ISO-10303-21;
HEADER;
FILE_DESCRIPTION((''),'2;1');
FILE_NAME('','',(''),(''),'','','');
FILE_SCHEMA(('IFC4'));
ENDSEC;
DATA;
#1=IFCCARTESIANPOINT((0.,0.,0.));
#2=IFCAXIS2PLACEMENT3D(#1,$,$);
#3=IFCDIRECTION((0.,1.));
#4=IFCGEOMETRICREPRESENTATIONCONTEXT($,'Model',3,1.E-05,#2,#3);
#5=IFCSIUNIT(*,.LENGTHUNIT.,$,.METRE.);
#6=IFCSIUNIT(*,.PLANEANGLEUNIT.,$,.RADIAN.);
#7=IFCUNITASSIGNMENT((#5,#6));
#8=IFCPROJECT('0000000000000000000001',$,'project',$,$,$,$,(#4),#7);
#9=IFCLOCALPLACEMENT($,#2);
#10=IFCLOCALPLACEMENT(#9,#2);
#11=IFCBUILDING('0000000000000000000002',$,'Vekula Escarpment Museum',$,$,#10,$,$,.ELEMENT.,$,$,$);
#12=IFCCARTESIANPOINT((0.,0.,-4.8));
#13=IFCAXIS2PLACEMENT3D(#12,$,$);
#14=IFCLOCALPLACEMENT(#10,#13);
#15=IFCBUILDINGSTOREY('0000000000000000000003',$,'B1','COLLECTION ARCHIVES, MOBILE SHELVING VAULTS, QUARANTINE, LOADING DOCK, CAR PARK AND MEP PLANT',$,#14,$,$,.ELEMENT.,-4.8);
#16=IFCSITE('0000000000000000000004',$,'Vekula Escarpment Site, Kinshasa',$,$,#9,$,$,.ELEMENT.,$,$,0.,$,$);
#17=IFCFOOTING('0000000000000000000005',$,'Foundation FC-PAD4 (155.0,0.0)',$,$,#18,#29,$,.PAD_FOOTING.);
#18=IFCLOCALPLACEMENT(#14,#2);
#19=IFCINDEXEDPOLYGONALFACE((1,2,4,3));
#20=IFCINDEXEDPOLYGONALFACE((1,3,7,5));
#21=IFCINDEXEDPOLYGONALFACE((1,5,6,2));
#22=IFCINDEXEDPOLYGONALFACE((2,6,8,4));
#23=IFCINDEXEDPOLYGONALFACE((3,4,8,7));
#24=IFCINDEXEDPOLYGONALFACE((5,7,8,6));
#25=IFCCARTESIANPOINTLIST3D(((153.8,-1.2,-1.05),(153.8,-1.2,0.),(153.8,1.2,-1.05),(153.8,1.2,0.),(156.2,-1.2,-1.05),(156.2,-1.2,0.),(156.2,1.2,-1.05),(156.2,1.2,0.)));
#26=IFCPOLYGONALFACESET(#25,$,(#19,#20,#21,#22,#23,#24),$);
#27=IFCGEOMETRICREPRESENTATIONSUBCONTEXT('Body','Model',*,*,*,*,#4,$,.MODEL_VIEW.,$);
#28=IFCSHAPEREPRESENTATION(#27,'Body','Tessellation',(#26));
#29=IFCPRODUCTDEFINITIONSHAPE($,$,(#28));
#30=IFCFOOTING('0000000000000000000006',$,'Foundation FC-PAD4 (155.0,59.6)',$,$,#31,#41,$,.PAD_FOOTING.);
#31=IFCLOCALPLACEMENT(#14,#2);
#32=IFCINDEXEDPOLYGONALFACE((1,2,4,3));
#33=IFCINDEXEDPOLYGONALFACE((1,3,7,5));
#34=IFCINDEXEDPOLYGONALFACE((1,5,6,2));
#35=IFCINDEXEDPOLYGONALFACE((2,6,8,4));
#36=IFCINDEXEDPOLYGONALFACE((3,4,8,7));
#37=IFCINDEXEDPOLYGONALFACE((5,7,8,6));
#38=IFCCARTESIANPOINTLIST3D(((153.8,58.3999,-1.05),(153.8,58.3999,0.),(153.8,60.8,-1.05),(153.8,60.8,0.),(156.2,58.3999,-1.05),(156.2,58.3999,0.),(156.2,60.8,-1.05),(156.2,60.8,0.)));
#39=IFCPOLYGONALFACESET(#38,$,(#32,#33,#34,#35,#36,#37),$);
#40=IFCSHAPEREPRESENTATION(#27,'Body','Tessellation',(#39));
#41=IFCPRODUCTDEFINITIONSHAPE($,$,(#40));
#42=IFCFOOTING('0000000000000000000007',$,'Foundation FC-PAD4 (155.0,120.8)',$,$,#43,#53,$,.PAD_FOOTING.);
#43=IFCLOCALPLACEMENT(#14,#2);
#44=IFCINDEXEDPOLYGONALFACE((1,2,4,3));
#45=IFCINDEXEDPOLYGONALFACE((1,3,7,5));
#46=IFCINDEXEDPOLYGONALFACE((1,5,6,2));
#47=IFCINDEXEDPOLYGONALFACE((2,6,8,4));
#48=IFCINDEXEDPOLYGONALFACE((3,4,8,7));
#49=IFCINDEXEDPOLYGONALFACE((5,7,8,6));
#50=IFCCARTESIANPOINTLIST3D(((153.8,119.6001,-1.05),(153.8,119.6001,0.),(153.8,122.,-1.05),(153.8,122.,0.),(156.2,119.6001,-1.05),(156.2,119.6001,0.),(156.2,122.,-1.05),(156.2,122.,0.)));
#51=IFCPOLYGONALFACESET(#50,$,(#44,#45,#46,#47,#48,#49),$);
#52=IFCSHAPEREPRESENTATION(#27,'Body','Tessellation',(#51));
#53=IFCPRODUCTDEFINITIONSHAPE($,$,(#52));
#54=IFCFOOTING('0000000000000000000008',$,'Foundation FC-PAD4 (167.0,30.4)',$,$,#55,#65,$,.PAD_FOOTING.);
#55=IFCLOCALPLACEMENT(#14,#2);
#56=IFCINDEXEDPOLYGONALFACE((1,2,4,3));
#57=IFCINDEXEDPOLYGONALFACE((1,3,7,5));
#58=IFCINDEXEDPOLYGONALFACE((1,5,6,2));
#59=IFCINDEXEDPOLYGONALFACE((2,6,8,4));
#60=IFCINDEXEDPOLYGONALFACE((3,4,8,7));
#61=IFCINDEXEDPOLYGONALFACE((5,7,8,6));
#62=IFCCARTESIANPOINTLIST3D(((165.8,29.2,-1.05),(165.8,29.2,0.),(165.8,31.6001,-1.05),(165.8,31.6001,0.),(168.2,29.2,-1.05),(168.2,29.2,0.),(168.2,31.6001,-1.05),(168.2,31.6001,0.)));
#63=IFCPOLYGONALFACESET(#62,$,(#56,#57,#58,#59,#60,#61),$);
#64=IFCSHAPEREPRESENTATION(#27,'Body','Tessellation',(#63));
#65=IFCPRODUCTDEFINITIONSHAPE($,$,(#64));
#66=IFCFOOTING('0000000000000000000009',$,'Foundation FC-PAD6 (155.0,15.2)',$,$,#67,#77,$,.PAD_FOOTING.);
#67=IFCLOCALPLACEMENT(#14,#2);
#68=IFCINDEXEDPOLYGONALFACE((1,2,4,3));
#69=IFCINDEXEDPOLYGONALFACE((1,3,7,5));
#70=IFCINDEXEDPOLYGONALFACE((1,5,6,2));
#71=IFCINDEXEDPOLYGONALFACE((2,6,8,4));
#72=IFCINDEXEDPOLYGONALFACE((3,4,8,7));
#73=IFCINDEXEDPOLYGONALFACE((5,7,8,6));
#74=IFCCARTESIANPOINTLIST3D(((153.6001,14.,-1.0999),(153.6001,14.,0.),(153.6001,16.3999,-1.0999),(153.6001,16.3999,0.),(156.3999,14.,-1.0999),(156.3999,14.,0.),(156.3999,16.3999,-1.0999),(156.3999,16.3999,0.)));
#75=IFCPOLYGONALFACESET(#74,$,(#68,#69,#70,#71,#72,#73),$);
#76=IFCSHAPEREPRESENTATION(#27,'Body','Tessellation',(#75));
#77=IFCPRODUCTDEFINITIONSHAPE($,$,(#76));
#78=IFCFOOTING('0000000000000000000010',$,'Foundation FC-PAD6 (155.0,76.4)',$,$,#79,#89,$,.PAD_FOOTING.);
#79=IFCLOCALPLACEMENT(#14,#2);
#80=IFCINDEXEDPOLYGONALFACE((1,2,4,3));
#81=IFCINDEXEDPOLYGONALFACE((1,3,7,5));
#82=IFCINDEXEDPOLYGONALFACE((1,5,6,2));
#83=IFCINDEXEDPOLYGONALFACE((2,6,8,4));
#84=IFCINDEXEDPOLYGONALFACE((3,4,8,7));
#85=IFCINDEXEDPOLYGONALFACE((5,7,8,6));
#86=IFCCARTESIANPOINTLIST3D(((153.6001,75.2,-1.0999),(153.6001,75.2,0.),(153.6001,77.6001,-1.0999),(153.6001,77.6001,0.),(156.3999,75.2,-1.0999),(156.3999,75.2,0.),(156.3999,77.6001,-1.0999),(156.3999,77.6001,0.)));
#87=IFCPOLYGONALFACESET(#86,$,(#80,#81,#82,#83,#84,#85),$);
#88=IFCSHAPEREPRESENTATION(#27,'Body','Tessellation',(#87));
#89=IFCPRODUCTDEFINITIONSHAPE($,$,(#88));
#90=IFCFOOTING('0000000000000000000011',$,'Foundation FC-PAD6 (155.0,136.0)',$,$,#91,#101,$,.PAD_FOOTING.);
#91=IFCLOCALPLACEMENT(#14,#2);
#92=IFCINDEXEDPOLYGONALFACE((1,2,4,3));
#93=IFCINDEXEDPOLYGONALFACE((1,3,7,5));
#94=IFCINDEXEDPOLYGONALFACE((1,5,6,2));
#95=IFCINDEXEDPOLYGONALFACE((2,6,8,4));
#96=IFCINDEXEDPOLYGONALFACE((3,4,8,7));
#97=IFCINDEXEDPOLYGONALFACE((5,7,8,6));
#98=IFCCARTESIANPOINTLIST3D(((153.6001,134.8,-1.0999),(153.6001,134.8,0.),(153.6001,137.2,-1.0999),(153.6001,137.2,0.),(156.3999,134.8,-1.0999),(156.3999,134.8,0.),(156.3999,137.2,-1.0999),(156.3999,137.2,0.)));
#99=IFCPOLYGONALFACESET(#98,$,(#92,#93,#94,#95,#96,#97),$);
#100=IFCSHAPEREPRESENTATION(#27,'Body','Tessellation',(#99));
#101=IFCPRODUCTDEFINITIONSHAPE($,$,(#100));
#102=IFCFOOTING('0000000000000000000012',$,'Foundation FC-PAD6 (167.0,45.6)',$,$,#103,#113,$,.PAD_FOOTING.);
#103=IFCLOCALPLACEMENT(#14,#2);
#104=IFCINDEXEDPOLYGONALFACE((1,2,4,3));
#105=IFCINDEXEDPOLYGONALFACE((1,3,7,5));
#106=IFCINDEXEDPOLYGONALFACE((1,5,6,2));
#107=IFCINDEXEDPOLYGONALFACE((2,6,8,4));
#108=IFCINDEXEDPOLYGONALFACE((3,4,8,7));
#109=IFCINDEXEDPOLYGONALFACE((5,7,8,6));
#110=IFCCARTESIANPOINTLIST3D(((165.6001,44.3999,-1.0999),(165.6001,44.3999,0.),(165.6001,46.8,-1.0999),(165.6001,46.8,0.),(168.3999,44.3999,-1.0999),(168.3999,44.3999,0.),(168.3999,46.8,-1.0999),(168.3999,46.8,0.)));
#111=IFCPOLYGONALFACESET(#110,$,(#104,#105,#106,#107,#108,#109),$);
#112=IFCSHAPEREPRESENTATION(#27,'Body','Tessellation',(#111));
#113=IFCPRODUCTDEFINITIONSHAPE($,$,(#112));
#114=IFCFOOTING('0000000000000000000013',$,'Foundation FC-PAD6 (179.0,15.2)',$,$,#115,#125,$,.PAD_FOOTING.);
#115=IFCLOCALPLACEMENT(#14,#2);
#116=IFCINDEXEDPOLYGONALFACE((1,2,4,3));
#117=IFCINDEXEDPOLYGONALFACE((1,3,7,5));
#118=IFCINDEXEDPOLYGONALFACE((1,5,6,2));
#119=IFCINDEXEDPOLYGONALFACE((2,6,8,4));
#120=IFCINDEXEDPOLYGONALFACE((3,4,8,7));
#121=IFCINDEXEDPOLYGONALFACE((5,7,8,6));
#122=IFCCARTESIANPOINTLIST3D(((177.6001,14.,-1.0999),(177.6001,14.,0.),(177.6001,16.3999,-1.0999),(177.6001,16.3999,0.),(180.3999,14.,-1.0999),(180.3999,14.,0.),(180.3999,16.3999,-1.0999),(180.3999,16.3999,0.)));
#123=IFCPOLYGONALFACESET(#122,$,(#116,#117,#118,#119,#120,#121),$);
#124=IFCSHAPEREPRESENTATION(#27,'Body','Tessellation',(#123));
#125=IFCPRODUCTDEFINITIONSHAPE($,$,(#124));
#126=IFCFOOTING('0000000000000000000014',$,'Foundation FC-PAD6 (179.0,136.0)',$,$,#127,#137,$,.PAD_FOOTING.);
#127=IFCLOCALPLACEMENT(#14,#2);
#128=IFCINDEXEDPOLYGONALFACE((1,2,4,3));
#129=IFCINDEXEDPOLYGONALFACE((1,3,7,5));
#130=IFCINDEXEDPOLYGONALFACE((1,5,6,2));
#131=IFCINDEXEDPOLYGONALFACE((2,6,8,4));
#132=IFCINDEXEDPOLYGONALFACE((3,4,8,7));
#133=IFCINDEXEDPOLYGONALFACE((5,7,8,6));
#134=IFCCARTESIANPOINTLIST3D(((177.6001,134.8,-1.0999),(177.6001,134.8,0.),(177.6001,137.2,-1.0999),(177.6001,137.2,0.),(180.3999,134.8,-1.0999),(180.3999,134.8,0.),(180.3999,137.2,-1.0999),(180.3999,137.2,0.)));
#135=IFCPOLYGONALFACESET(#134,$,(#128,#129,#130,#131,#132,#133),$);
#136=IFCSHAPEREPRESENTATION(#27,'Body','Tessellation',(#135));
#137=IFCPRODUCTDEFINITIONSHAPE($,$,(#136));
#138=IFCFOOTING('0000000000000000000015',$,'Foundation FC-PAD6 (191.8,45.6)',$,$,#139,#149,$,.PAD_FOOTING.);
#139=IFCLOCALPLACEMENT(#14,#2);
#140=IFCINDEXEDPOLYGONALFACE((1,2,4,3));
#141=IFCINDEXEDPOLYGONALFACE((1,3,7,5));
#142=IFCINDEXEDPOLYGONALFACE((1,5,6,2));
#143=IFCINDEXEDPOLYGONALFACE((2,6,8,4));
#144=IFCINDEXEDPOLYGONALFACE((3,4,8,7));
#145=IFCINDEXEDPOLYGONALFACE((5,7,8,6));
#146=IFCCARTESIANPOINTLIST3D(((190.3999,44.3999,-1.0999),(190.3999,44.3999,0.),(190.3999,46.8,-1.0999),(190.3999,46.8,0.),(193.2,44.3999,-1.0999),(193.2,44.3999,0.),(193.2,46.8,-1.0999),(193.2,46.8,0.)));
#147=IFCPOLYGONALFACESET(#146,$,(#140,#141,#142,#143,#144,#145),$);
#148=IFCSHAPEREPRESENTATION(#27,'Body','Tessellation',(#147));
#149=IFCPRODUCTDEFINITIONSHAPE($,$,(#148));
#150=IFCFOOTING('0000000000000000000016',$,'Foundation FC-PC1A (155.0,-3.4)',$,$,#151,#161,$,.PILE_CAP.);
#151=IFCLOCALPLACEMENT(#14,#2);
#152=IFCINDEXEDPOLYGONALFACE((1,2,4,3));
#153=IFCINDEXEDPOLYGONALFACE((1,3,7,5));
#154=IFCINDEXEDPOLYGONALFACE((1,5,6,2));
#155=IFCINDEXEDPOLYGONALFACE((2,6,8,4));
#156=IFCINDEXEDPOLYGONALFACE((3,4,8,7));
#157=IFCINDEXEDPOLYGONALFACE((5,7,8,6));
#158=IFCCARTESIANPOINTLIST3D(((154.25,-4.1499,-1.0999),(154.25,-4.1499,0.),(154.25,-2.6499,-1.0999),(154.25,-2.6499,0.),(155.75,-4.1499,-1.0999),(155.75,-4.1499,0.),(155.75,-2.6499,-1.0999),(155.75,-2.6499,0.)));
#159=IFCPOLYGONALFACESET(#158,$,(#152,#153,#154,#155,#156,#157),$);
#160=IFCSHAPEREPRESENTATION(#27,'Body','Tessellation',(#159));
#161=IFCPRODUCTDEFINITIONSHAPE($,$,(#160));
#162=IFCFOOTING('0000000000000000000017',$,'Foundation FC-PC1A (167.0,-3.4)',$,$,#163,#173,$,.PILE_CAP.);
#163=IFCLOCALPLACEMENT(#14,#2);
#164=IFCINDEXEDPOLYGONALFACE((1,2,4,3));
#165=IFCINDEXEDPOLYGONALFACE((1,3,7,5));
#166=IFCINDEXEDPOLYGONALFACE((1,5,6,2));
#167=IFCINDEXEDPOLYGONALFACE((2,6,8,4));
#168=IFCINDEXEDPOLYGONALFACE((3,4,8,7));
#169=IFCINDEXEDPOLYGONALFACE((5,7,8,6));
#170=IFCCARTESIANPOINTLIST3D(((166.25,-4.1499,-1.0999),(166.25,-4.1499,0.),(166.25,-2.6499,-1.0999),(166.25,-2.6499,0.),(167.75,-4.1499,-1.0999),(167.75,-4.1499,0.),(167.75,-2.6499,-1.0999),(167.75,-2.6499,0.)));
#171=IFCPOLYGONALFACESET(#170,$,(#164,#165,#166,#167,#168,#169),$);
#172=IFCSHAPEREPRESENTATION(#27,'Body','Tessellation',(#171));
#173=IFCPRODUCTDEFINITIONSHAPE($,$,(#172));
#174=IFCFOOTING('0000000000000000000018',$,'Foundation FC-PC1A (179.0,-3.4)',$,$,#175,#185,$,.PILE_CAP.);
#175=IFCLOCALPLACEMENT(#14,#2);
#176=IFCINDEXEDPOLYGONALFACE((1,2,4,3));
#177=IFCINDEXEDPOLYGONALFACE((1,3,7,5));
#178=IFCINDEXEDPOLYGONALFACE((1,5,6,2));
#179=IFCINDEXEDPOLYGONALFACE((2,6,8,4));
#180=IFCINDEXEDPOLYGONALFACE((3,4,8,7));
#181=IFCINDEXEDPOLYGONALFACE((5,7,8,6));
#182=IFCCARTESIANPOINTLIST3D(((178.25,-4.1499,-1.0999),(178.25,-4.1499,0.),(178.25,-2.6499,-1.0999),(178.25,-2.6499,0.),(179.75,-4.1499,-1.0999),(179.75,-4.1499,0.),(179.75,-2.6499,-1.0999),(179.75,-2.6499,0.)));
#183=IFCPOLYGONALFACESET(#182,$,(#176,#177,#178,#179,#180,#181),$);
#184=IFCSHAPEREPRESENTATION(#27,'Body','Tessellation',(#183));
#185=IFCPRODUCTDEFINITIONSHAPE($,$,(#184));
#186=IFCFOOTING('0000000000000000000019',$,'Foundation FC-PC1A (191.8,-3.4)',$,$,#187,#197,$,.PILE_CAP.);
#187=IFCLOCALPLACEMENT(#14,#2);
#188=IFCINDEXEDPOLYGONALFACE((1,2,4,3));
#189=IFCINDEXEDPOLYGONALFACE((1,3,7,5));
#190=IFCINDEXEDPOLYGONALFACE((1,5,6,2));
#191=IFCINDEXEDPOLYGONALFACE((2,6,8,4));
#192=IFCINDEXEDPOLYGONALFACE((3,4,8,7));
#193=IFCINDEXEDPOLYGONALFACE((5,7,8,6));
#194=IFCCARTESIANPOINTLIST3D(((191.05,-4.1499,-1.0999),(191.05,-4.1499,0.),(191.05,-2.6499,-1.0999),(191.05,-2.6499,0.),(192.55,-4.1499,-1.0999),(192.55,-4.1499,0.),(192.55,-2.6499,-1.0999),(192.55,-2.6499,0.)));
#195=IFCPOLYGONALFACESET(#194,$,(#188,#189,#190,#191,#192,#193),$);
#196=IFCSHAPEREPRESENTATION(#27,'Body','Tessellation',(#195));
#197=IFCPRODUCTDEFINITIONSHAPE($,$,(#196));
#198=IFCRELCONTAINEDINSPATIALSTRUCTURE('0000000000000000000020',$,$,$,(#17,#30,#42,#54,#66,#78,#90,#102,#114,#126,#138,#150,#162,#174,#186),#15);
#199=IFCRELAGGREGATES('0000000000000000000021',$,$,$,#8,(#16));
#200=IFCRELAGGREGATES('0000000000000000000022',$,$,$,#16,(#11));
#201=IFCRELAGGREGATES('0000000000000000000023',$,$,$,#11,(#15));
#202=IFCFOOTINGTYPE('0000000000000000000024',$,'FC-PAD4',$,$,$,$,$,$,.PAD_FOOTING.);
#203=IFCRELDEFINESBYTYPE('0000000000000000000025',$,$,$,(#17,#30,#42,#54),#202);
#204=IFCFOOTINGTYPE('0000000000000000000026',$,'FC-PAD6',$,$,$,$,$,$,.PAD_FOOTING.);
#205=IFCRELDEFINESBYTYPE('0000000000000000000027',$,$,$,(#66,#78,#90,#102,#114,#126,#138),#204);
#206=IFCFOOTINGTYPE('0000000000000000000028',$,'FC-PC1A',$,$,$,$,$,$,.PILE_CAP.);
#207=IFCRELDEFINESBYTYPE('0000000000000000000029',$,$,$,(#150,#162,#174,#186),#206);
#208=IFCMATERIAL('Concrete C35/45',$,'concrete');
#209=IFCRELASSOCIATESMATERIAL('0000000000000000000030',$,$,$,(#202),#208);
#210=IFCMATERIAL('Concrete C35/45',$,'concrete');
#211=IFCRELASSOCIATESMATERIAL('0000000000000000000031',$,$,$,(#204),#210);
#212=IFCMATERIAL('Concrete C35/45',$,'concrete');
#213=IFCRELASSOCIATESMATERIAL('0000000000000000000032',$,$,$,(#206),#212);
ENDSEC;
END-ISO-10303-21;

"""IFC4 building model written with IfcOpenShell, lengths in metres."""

from ifc_helpers import new_model, si_unit, direction, frame, origin, place, context, subcontext, project, spatial, polyline, outline, extrude, material, type_object, element, save


model = new_model("IFC4")

# Units and contexts
model_context = context("Model", 3, precision=1e-05, world=origin(), true_north=direction((0.0, 1.0)))
body_context = subcontext(model_context, "Body", "Model", "MODEL_VIEW")
ifc_project = project(units=[si_unit("LENGTHUNIT", "METRE"), si_unit("PLANEANGLEUNIT", "RADIAN")], contexts=[model_context])

# Site, building, storey
site_placement = place(None, origin())
site = spatial("IfcSite", under=ifc_project, at=site_placement, Name="Vekula Escarpment Site, Kinshasa", CompositionType="ELEMENT", RefElevation=0.0)
building_placement = place(site_placement, origin())
building = spatial("IfcBuilding", under=site, at=building_placement, Name="Vekula Escarpment Museum", CompositionType="ELEMENT")
storey_placement = place(building_placement, frame((0.0, 0.0, -4.8)))
storey = spatial("IfcBuildingStorey", under=building, at=storey_placement, Name="B1", Description="COLLECTION ARCHIVES, MOBILE SHELVING VAULTS, QUARANTINE, LOADING DOCK, CAR PARK AND MEP PLANT", CompositionType="ELEMENT", Elevation=-4.8)

# Footings
ifc_material_1 = material(Name="Concrete C35/45", Category="concrete")
footing_type_1 = type_object("IfcFootingType", Name="FC-PAD4", PredefinedType="PAD_FOOTING", material=ifc_material_1)
footing_1_placement = place(storey_placement, frame((0.0, 0.0, -1.05)))
element("IfcFooting", 1, at=footing_1_placement, inside=storey, type_object=footing_type_1, Name="Foundation FC-PAD4 (155.0,0.0)", PredefinedType="PAD_FOOTING", context=body_context, shape_type="SweptSolid", body=[
    extrude(outline(polyline([(153.8, -1.2), (156.2, -1.2), (156.2, 1.2), (153.8, 1.2), (153.8, -1.2)])), origin(), (0.0, 0.0, 1.0), 1.05),
])
footing_2_placement = place(storey_placement, frame((0.0, 0.0, -1.05)))
element("IfcFooting", 2, at=footing_2_placement, inside=storey, type_object=footing_type_1, Name="Foundation FC-PAD4 (155.0,59.6)", PredefinedType="PAD_FOOTING", context=body_context, shape_type="SweptSolid", body=[
    extrude(outline(polyline([(153.8, 58.3999), (156.2, 58.3999), (156.2, 60.8), (153.8, 60.8), (153.8, 58.3999)])), origin(), (0.0, 0.0, 1.0), 1.05),
])
footing_3_placement = place(storey_placement, frame((0.0, 0.0, -1.05)))
element("IfcFooting", 3, at=footing_3_placement, inside=storey, type_object=footing_type_1, Name="Foundation FC-PAD4 (155.0,120.8)", PredefinedType="PAD_FOOTING", context=body_context, shape_type="SweptSolid", body=[
    extrude(outline(polyline([(153.8, 119.6001), (156.2, 119.6001), (156.2, 122.0), (153.8, 122.0), (153.8, 119.6001)])), origin(), (0.0, 0.0, 1.0), 1.05),
])
footing_4_placement = place(storey_placement, frame((0.0, 0.0, -1.05)))
element("IfcFooting", 4, at=footing_4_placement, inside=storey, type_object=footing_type_1, Name="Foundation FC-PAD4 (167.0,30.4)", PredefinedType="PAD_FOOTING", context=body_context, shape_type="SweptSolid", body=[
    extrude(outline(polyline([(165.8, 29.2), (168.2, 29.2), (168.2, 31.6001), (165.8, 31.6001), (165.8, 29.2)])), origin(), (0.0, 0.0, 1.0), 1.05),
])
ifc_material_2 = material(Name="Concrete C35/45", Category="concrete")
footing_type_2 = type_object("IfcFootingType", Name="FC-PAD6", PredefinedType="PAD_FOOTING", material=ifc_material_2)
footing_5_placement = place(storey_placement, frame((0.0, 0.0, -1.0999)))
element("IfcFooting", 5, at=footing_5_placement, inside=storey, type_object=footing_type_2, Name="Foundation FC-PAD6 (155.0,15.2)", PredefinedType="PAD_FOOTING", context=body_context, shape_type="SweptSolid", body=[
    extrude(outline(polyline([(153.6001, 14.0), (156.3999, 14.0), (156.3999, 16.3999), (153.6001, 16.3999), (153.6001, 14.0)])), origin(), (0.0, 0.0, 1.0), 1.0999),
])
footing_6_placement = place(storey_placement, frame((0.0, 0.0, -1.0999)))
element("IfcFooting", 6, at=footing_6_placement, inside=storey, type_object=footing_type_2, Name="Foundation FC-PAD6 (155.0,76.4)", PredefinedType="PAD_FOOTING", context=body_context, shape_type="SweptSolid", body=[
    extrude(outline(polyline([(153.6001, 75.2), (156.3999, 75.2), (156.3999, 77.6001), (153.6001, 77.6001), (153.6001, 75.2)])), origin(), (0.0, 0.0, 1.0), 1.0999),
])
footing_7_placement = place(storey_placement, frame((0.0, 0.0, -1.0999)))
element("IfcFooting", 7, at=footing_7_placement, inside=storey, type_object=footing_type_2, Name="Foundation FC-PAD6 (155.0,136.0)", PredefinedType="PAD_FOOTING", context=body_context, shape_type="SweptSolid", body=[
    extrude(outline(polyline([(153.6001, 134.8), (156.3999, 134.8), (156.3999, 137.2), (153.6001, 137.2), (153.6001, 134.8)])), origin(), (0.0, 0.0, 1.0), 1.0999),
])
footing_8_placement = place(storey_placement, frame((0.0, 0.0, -1.0999)))
element("IfcFooting", 8, at=footing_8_placement, inside=storey, type_object=footing_type_2, Name="Foundation FC-PAD6 (167.0,45.6)", PredefinedType="PAD_FOOTING", context=body_context, shape_type="SweptSolid", body=[
    extrude(outline(polyline([(165.6001, 44.3999), (168.3999, 44.3999), (168.3999, 46.8), (165.6001, 46.8), (165.6001, 44.3999)])), origin(), (0.0, 0.0, 1.0), 1.0999),
])
footing_9_placement = place(storey_placement, frame((0.0, 0.0, -1.0999)))
element("IfcFooting", 9, at=footing_9_placement, inside=storey, type_object=footing_type_2, Name="Foundation FC-PAD6 (179.0,15.2)", PredefinedType="PAD_FOOTING", context=body_context, shape_type="SweptSolid", body=[
    extrude(outline(polyline([(177.6001, 14.0), (180.3999, 14.0), (180.3999, 16.3999), (177.6001, 16.3999), (177.6001, 14.0)])), origin(), (0.0, 0.0, 1.0), 1.0999),
])
footing_10_placement = place(storey_placement, frame((0.0, 0.0, -1.0999)))
element("IfcFooting", 10, at=footing_10_placement, inside=storey, type_object=footing_type_2, Name="Foundation FC-PAD6 (179.0,136.0)", PredefinedType="PAD_FOOTING", context=body_context, shape_type="SweptSolid", body=[
    extrude(outline(polyline([(177.6001, 134.8), (180.3999, 134.8), (180.3999, 137.2), (177.6001, 137.2), (177.6001, 134.8)])), origin(), (0.0, 0.0, 1.0), 1.0999),
])
footing_11_placement = place(storey_placement, frame((0.0, 0.0, -1.0999)))
element("IfcFooting", 11, at=footing_11_placement, inside=storey, type_object=footing_type_2, Name="Foundation FC-PAD6 (191.8,45.6)", PredefinedType="PAD_FOOTING", context=body_context, shape_type="SweptSolid", body=[
    extrude(outline(polyline([(190.3999, 44.3999), (193.2, 44.3999), (193.2, 46.8), (190.3999, 46.8), (190.3999, 44.3999)])), origin(), (0.0, 0.0, 1.0), 1.0999),
])
ifc_material_3 = material(Name="Concrete C35/45", Category="concrete")
footing_type_3 = type_object("IfcFootingType", Name="FC-PC1A", PredefinedType="PILE_CAP", material=ifc_material_3)
footing_12_placement = place(storey_placement, frame((0.0, 0.0, -1.0999)))
element("IfcFooting", 12, at=footing_12_placement, inside=storey, type_object=footing_type_3, Name="Foundation FC-PC1A (155.0,-3.4)", PredefinedType="PILE_CAP", context=body_context, shape_type="SweptSolid", body=[
    extrude(outline(polyline([(154.25, -4.1499), (155.75, -4.1499), (155.75, -2.6499), (154.25, -2.6499), (154.25, -4.1499)])), origin(), (0.0, 0.0, 1.0), 1.0999),
])
footing_13_placement = place(storey_placement, frame((0.0, 0.0, -1.0999)))
element("IfcFooting", 13, at=footing_13_placement, inside=storey, type_object=footing_type_3, Name="Foundation FC-PC1A (167.0,-3.4)", PredefinedType="PILE_CAP", context=body_context, shape_type="SweptSolid", body=[
    extrude(outline(polyline([(166.25, -4.1499), (167.75, -4.1499), (167.75, -2.6499), (166.25, -2.6499), (166.25, -4.1499)])), origin(), (0.0, 0.0, 1.0), 1.0999),
])
footing_14_placement = place(storey_placement, frame((0.0, 0.0, -1.0999)))
element("IfcFooting", 14, at=footing_14_placement, inside=storey, type_object=footing_type_3, Name="Foundation FC-PC1A (179.0,-3.4)", PredefinedType="PILE_CAP", context=body_context, shape_type="SweptSolid", body=[
    extrude(outline(polyline([(178.25, -4.1499), (179.75, -4.1499), (179.75, -2.6499), (178.25, -2.6499), (178.25, -4.1499)])), origin(), (0.0, 0.0, 1.0), 1.0999),
])
footing_15_placement = place(storey_placement, frame((0.0, 0.0, -1.0999)))
element("IfcFooting", 15, at=footing_15_placement, inside=storey, type_object=footing_type_3, Name="Foundation FC-PC1A (191.8,-3.4)", PredefinedType="PILE_CAP", context=body_context, shape_type="SweptSolid", body=[
    extrude(outline(polyline([(191.05, -4.1499), (192.55, -4.1499), (192.55, -2.6499), (191.05, -2.6499), (191.05, -4.1499)])), origin(), (0.0, 0.0, 1.0), 1.0999),
])

save(model, "model.ifc")
